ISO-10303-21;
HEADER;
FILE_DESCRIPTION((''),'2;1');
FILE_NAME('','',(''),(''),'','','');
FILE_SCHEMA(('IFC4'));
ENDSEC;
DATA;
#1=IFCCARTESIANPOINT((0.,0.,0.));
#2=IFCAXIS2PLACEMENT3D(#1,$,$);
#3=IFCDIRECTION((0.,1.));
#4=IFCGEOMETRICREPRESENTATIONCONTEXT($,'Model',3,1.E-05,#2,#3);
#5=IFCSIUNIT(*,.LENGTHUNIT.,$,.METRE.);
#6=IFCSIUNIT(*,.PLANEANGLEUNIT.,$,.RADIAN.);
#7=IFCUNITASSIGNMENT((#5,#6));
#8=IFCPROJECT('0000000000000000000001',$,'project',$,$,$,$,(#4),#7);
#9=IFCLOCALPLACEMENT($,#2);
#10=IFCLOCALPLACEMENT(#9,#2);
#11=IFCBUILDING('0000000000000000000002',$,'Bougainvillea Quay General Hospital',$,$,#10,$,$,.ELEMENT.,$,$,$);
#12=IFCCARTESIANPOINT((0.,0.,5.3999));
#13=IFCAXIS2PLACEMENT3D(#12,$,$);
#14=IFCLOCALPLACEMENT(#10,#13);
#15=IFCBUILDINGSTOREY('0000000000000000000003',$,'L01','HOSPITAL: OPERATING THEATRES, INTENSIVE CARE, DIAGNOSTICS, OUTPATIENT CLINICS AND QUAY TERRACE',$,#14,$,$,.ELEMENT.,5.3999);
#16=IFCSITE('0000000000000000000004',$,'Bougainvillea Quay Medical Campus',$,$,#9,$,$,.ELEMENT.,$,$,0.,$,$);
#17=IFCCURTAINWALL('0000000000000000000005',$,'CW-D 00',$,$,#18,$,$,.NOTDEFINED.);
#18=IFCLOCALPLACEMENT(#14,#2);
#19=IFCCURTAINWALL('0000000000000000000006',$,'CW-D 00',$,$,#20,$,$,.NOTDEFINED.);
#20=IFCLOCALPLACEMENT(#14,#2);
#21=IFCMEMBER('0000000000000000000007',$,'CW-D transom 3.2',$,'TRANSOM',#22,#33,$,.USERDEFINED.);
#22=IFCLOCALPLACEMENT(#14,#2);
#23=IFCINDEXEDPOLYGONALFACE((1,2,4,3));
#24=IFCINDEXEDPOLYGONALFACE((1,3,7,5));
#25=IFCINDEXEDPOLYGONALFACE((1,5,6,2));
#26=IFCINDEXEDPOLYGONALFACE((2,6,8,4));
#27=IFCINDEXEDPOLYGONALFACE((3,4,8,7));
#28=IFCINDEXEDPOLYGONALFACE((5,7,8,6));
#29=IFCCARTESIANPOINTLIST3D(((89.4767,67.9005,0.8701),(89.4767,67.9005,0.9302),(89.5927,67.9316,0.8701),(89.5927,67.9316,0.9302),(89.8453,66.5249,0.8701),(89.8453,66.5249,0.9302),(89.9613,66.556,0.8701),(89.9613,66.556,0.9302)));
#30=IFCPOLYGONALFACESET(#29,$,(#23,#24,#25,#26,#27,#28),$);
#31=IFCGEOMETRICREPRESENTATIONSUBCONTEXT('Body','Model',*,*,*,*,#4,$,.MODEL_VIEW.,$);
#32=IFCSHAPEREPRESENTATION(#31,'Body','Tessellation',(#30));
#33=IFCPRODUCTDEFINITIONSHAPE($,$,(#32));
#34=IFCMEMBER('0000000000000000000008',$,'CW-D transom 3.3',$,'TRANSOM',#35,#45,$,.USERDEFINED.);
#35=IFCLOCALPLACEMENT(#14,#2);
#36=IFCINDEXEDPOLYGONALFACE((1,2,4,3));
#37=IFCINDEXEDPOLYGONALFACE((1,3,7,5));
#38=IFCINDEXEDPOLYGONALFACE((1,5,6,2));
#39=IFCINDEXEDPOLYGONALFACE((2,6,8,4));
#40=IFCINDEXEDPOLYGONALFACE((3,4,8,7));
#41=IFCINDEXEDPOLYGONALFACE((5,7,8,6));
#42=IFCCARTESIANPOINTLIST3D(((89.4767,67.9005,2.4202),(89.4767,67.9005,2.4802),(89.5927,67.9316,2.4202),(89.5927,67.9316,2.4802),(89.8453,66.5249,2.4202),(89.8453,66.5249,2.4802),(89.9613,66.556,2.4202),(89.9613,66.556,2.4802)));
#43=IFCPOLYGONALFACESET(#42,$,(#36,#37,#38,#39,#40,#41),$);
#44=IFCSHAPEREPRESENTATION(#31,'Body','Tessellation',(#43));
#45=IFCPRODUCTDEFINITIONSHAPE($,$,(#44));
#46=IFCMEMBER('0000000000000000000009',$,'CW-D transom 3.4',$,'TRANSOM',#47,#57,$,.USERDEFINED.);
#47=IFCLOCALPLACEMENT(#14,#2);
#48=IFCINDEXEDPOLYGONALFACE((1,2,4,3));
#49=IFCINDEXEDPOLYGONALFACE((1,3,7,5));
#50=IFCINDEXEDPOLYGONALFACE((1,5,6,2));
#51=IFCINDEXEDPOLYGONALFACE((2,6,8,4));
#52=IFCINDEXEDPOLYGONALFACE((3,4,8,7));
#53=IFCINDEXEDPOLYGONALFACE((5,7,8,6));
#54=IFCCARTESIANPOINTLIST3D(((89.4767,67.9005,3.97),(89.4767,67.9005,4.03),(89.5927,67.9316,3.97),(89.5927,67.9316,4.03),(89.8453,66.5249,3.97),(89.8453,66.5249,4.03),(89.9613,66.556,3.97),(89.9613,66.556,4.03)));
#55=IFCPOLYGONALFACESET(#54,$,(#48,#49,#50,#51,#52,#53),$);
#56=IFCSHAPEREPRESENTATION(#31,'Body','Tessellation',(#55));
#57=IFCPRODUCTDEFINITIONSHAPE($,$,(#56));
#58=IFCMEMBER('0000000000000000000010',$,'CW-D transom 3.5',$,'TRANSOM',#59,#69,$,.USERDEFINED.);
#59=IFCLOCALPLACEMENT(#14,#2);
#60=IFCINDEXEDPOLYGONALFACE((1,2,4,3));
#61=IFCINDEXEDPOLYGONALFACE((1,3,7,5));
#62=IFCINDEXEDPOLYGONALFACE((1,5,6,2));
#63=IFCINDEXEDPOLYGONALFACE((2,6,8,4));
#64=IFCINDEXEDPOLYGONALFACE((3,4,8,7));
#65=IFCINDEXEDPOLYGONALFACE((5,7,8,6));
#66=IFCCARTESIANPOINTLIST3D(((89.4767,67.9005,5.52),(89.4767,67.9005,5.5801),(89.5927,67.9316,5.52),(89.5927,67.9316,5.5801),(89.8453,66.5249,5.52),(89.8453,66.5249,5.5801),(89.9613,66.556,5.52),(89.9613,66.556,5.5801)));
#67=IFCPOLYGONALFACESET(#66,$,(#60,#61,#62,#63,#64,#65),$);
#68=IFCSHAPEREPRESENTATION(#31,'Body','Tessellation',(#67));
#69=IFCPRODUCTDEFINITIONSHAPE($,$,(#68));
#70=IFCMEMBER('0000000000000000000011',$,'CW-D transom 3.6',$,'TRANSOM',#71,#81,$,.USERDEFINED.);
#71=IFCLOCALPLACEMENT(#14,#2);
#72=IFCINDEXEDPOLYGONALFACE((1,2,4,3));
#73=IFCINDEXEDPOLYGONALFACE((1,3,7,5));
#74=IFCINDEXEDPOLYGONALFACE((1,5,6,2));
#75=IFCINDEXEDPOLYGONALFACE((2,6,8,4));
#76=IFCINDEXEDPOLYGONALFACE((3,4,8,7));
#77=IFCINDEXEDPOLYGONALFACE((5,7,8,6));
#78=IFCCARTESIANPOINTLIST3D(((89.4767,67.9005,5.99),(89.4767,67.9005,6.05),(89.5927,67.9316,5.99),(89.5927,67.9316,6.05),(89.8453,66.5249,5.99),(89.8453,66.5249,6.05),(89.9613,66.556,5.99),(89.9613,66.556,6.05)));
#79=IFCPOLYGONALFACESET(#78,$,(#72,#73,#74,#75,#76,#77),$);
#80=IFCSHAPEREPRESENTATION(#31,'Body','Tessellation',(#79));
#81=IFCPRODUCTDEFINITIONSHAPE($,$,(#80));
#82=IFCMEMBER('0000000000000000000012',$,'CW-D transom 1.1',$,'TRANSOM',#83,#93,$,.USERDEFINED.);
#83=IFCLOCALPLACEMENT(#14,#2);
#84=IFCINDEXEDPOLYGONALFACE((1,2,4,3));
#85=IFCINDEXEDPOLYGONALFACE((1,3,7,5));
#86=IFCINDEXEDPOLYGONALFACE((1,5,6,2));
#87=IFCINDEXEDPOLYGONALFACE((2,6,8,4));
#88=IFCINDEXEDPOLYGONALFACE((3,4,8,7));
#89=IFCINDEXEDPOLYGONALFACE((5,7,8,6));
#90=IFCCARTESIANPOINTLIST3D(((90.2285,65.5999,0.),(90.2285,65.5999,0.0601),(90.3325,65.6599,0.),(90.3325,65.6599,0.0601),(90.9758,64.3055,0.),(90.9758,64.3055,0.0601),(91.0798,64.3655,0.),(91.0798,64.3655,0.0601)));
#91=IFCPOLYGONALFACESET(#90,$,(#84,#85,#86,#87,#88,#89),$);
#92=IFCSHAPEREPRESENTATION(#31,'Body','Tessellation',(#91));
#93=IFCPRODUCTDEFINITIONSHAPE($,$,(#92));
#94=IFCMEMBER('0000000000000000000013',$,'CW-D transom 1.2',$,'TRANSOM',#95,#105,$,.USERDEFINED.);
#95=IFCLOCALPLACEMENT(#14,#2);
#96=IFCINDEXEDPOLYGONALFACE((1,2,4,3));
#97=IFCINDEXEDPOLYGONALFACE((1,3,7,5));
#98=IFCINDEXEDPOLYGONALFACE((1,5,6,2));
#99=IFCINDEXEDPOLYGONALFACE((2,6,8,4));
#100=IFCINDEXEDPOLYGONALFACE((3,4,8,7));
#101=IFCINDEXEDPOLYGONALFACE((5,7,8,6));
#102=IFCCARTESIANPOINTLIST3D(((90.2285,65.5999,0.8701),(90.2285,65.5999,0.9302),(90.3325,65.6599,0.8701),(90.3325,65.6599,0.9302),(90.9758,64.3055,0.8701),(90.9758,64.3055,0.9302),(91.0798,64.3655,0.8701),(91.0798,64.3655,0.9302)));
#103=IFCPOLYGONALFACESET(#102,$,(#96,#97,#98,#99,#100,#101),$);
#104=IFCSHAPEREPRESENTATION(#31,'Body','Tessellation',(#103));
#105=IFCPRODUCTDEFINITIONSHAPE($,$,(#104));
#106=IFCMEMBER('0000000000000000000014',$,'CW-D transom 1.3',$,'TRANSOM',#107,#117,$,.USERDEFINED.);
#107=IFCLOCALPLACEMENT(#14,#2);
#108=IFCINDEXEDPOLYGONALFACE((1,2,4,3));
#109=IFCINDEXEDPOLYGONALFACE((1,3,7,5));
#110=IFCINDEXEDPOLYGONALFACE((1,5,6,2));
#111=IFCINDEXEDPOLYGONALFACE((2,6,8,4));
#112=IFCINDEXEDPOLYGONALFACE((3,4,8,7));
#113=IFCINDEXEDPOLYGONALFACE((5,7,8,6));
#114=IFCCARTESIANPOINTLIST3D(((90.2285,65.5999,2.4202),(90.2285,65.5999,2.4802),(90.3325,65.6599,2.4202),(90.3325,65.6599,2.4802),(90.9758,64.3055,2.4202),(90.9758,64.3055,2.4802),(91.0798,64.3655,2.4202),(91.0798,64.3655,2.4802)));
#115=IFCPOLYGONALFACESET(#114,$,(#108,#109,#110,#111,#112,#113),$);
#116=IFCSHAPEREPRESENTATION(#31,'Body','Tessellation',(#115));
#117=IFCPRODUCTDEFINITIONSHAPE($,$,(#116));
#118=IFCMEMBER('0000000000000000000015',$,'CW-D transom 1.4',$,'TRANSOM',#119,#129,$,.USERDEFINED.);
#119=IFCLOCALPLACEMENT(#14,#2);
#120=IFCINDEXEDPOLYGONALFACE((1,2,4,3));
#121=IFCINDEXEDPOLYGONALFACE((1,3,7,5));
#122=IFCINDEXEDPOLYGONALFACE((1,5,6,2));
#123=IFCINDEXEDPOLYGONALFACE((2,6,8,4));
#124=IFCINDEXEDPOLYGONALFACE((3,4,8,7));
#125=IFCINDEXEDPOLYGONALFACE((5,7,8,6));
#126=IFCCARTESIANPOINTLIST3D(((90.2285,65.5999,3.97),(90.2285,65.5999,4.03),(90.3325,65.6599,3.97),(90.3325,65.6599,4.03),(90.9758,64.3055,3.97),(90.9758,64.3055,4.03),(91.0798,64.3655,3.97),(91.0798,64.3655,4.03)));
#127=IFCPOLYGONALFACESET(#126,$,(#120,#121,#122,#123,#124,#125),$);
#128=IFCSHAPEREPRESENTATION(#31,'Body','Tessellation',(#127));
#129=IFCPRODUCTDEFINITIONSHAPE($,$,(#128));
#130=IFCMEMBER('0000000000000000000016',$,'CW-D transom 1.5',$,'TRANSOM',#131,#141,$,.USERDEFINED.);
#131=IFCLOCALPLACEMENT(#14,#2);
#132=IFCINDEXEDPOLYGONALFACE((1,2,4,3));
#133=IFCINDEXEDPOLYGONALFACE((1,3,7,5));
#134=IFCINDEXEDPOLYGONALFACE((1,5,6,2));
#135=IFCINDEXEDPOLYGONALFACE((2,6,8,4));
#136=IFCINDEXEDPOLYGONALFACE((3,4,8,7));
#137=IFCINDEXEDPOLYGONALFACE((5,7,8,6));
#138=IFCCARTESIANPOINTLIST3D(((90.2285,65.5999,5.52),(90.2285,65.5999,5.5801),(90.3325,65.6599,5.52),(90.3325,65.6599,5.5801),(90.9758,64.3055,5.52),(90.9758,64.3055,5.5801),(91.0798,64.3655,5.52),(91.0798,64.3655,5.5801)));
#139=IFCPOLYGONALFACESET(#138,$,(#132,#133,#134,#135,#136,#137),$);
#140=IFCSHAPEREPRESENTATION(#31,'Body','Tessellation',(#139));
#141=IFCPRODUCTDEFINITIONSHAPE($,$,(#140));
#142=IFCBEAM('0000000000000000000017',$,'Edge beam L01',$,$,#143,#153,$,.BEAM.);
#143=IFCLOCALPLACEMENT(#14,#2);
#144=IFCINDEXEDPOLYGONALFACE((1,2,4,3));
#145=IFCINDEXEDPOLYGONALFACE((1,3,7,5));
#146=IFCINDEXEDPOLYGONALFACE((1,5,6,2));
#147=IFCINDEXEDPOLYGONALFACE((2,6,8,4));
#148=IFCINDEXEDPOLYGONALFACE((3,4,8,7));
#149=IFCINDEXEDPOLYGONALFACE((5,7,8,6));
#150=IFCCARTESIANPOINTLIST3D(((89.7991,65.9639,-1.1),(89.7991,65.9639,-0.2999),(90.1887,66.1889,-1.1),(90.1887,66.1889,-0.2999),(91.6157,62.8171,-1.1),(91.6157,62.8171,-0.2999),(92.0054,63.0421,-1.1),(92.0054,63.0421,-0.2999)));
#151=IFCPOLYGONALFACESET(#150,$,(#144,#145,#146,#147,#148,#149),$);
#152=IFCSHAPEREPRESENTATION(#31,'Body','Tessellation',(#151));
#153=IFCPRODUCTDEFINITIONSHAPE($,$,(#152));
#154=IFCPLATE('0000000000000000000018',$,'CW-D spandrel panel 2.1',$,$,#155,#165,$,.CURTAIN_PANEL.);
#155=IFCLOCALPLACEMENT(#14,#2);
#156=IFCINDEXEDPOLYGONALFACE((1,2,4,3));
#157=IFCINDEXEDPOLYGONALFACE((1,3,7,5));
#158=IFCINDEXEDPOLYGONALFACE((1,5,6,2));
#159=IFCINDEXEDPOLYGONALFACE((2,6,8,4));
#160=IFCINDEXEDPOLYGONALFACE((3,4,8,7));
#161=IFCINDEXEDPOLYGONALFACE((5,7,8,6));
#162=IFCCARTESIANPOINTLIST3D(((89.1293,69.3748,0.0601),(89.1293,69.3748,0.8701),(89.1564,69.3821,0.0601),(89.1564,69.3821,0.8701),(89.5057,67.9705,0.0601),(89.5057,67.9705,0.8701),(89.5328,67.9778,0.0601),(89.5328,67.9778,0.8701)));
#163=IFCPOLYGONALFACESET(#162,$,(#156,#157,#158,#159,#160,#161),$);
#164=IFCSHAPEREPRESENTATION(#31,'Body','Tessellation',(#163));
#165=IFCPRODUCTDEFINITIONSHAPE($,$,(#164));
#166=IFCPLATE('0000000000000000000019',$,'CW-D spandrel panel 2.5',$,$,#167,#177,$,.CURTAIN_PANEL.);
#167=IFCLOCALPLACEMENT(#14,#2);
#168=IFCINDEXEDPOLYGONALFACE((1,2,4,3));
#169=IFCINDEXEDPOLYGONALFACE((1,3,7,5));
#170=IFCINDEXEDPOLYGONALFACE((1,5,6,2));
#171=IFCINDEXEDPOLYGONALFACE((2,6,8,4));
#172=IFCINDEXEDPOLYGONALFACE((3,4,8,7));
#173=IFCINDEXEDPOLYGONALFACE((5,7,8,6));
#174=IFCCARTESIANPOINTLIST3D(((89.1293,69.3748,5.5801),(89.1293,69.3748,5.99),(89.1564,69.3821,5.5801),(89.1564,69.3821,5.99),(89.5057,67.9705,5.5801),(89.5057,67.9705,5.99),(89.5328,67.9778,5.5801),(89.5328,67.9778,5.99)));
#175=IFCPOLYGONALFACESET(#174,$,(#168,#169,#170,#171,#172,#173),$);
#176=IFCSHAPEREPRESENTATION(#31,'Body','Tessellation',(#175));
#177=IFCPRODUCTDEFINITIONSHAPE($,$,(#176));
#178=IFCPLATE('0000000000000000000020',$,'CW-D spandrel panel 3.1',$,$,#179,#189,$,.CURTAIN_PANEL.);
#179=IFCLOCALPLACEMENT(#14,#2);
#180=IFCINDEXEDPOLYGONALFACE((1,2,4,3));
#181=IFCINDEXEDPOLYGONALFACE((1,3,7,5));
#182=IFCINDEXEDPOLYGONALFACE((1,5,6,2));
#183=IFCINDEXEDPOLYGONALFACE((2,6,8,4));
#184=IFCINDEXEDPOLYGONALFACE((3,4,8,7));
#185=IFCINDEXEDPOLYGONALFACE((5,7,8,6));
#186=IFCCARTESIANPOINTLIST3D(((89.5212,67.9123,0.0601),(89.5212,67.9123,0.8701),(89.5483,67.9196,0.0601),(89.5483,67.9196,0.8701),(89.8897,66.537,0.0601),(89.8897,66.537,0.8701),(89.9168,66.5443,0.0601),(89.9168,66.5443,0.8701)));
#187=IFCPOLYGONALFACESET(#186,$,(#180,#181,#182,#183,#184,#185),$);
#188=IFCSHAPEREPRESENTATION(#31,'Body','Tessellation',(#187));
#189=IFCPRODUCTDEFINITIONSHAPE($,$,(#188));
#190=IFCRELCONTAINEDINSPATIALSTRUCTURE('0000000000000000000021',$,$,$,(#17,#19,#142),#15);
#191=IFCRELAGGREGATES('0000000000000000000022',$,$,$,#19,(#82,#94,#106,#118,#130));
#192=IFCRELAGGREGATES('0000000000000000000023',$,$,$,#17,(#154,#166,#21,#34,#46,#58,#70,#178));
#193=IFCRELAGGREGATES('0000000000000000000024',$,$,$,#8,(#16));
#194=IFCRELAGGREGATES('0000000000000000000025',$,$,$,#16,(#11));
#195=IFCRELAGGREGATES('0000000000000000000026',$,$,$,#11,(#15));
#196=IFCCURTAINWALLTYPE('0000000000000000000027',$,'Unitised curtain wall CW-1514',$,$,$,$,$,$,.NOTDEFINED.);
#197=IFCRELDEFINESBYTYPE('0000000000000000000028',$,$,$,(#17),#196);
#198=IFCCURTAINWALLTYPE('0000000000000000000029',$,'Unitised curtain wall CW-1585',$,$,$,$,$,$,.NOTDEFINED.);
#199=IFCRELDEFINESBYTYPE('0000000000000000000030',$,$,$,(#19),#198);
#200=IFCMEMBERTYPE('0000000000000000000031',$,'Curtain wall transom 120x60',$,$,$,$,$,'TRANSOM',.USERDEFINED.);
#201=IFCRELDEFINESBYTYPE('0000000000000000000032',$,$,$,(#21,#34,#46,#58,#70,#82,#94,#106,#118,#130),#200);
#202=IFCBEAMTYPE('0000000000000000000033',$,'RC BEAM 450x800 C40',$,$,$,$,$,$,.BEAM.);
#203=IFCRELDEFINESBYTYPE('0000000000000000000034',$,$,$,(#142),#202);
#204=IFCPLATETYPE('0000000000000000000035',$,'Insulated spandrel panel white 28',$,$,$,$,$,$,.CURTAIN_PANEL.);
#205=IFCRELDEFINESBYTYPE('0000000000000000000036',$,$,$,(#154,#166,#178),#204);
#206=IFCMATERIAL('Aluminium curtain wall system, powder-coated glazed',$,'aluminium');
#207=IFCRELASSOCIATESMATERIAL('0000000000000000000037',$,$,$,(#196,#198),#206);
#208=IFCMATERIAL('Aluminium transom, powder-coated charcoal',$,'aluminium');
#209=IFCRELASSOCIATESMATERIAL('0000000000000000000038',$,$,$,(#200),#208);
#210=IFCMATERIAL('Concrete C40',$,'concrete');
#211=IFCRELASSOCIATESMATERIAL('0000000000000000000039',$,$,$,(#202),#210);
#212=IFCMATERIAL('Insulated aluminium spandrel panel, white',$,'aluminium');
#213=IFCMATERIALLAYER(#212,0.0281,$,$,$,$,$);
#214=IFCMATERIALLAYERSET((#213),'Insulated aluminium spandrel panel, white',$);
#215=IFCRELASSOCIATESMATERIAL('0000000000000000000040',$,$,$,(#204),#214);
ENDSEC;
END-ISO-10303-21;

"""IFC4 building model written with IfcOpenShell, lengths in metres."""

from ifc_helpers import new_model, si_unit, direction, frame, origin, origin_2d, place, context, subcontext, project, spatial, rectangle, extrude, material, layer, layer_set, material_profile, profile_set, type_object, element, aggregate, save


model = new_model("IFC4")

# Units and contexts
model_context = context("Model", 3, precision=1e-05, world=origin(), true_north=direction((0.0, 1.0)))
body_context = subcontext(model_context, "Body", "Model", "MODEL_VIEW")
ifc_project = project(units=[si_unit("LENGTHUNIT", "METRE"), si_unit("PLANEANGLEUNIT", "RADIAN")], contexts=[model_context])

# Site, building, storey
site_placement = place(None, origin())
site = spatial("IfcSite", under=ifc_project, at=site_placement, Name="Bougainvillea Quay Medical Campus", CompositionType="ELEMENT", RefElevation=0.0)
building_placement = place(site_placement, origin())
building = spatial("IfcBuilding", under=site, at=building_placement, Name="Bougainvillea Quay General Hospital", CompositionType="ELEMENT")
storey_placement = place(building_placement, frame((0.0, 0.0, 5.3999)))
storey = spatial("IfcBuildingStorey", under=building, at=storey_placement, Name="L01", Description="HOSPITAL: OPERATING THEATRES, INTENSIVE CARE, DIAGNOSTICS, OUTPATIENT CLINICS AND QUAY TERRACE", CompositionType="ELEMENT", Elevation=5.3999)

# Curtain wall
ifc_material_1 = material(Name="Aluminium curtain wall system, powder-coated glazed", Category="aluminium")
curtain_wall_type_1 = type_object("IfcCurtainWallType", Name="Unitised curtain wall CW-1514", PredefinedType="NOTDEFINED", material=ifc_material_1)
curtain_wall_1_placement = place(storey_placement, origin())
curtain_wall_1 = element("IfcCurtainWall", 1, at=curtain_wall_1_placement, inside=storey, type_object=curtain_wall_type_1, Name="CW-D 00", PredefinedType="NOTDEFINED")

# Curtain wall
curtain_wall_type_2 = type_object("IfcCurtainWallType", Name="Unitised curtain wall CW-1585", PredefinedType="NOTDEFINED", material=ifc_material_1)
curtain_wall_2_placement = place(storey_placement, origin())
curtain_wall_2 = element("IfcCurtainWall", 2, at=curtain_wall_2_placement, inside=storey, type_object=curtain_wall_type_2, Name="CW-D 00", PredefinedType="NOTDEFINED")

# Members
ifc_material_2 = material(Name="Aluminium transom, powder-coated charcoal", Category="aluminium")
ifc_material_profile_1 = material_profile(ifc_material_2, rectangle(XDim=0.1201, YDim=0.0601, at=origin_2d()))
ifc_profile_set_1 = profile_set([ifc_material_profile_1], Name="Aluminium transom, powder-coated charcoal")
member_type_1 = type_object("IfcMemberType", Name="Curtain wall transom 120x60", ElementType="TRANSOM", PredefinedType="USERDEFINED", material=ifc_profile_set_1)
member_1_placement = place(storey_placement, frame((89.5347, 67.916, 0.9001), z_axis=(0.258879, -0.96591, 0.0), x_axis=(0.96591, 0.258879, 0.0)))
member_1 = element("IfcMember", 3, at=member_1_placement, type_object=member_type_1, Name="CW-D transom 3.2", ObjectType="TRANSOM", PredefinedType="USERDEFINED", context=body_context, shape_type="SweptSolid", body=[
    extrude(rectangle(XDim=0.1201, YDim=0.0601, at=origin_2d()), origin(), (0.0, 0.0, 1.0), 1.4241),
])
member_2_placement = place(storey_placement, frame((89.5347, 67.916, 2.4502), z_axis=(0.258879, -0.96591, 0.0), x_axis=(0.96591, 0.258879, 0.0)))
member_2 = element("IfcMember", 4, at=member_2_placement, type_object=member_type_1, Name="CW-D transom 3.3", ObjectType="TRANSOM", PredefinedType="USERDEFINED", context=body_context, shape_type="SweptSolid", body=[
    extrude(rectangle(XDim=0.1201, YDim=0.0601, at=origin_2d()), origin(), (0.0, 0.0, 1.0), 1.4241),
])
member_3_placement = place(storey_placement, frame((89.5347, 67.916, 4.0), z_axis=(0.258879, -0.96591, 0.0), x_axis=(0.96591, 0.258879, 0.0)))
member_3 = element("IfcMember", 5, at=member_3_placement, type_object=member_type_1, Name="CW-D transom 3.4", ObjectType="TRANSOM", PredefinedType="USERDEFINED", context=body_context, shape_type="SweptSolid", body=[
    extrude(rectangle(XDim=0.1201, YDim=0.0601, at=origin_2d()), origin(), (0.0, 0.0, 1.0), 1.4241),
])
member_4_placement = place(storey_placement, frame((89.5347, 67.916, 5.55), z_axis=(0.258879, -0.96591, 0.0), x_axis=(0.96591, 0.258879, 0.0)))
member_4 = element("IfcMember", 6, at=member_4_placement, type_object=member_type_1, Name="CW-D transom 3.5", ObjectType="TRANSOM", PredefinedType="USERDEFINED", context=body_context, shape_type="SweptSolid", body=[
    extrude(rectangle(XDim=0.1201, YDim=0.0601, at=origin_2d()), origin(), (0.0, 0.0, 1.0), 1.4241),
])
member_5_placement = place(storey_placement, frame((89.5347, 67.916, 6.02), z_axis=(0.258879, -0.96591, 0.0), x_axis=(0.96591, 0.258879, 0.0)))
member_5 = element("IfcMember", 7, at=member_5_placement, type_object=member_type_1, Name="CW-D transom 3.6", ObjectType="TRANSOM", PredefinedType="USERDEFINED", context=body_context, shape_type="SweptSolid", body=[
    extrude(rectangle(XDim=0.1201, YDim=0.0601, at=origin_2d()), origin(), (0.0, 0.0, 1.0), 1.4241),
])
member_6_placement = place(storey_placement, frame((90.2805, 65.6299, 0.03), z_axis=(0.499986, -0.866033, 0.0), x_axis=(0.866033, 0.499986, 0.0)))
member_6 = element("IfcMember", 8, at=member_6_placement, type_object=member_type_1, Name="CW-D transom 1.1", ObjectType="TRANSOM", PredefinedType="USERDEFINED", context=body_context, shape_type="SweptSolid", body=[
    extrude(rectangle(XDim=0.1201, YDim=0.0601, at=origin_2d()), origin(), (0.0, 0.0, 1.0), 1.4946),
])
member_7_placement = place(storey_placement, frame((90.2805, 65.6299, 0.9001), z_axis=(0.499986, -0.866033, 0.0), x_axis=(0.866033, 0.499986, 0.0)))
member_7 = element("IfcMember", 9, at=member_7_placement, type_object=member_type_1, Name="CW-D transom 1.2", ObjectType="TRANSOM", PredefinedType="USERDEFINED", context=body_context, shape_type="SweptSolid", body=[
    extrude(rectangle(XDim=0.1201, YDim=0.0601, at=origin_2d()), origin(), (0.0, 0.0, 1.0), 1.4946),
])
member_8_placement = place(storey_placement, frame((90.2805, 65.6299, 2.4502), z_axis=(0.499986, -0.866033, 0.0), x_axis=(0.866033, 0.499986, 0.0)))
member_8 = element("IfcMember", 10, at=member_8_placement, type_object=member_type_1, Name="CW-D transom 1.3", ObjectType="TRANSOM", PredefinedType="USERDEFINED", context=body_context, shape_type="SweptSolid", body=[
    extrude(rectangle(XDim=0.1201, YDim=0.0601, at=origin_2d()), origin(), (0.0, 0.0, 1.0), 1.4946),
])
member_9_placement = place(storey_placement, frame((90.2805, 65.6299, 4.0), z_axis=(0.499986, -0.866033, 0.0), x_axis=(0.866033, 0.499986, 0.0)))
member_9 = element("IfcMember", 11, at=member_9_placement, type_object=member_type_1, Name="CW-D transom 1.4", ObjectType="TRANSOM", PredefinedType="USERDEFINED", context=body_context, shape_type="SweptSolid", body=[
    extrude(rectangle(XDim=0.1201, YDim=0.0601, at=origin_2d()), origin(), (0.0, 0.0, 1.0), 1.4946),
])
member_10_placement = place(storey_placement, frame((90.2805, 65.6299, 5.55), z_axis=(0.499986, -0.866033, 0.0), x_axis=(0.866033, 0.499986, 0.0)))
member_10 = element("IfcMember", 12, at=member_10_placement, type_object=member_type_1, Name="CW-D transom 1.5", ObjectType="TRANSOM", PredefinedType="USERDEFINED", context=body_context, shape_type="SweptSolid", body=[
    extrude(rectangle(XDim=0.1201, YDim=0.0601, at=origin_2d()), origin(), (0.0, 0.0, 1.0), 1.4946),
])
aggregate(curtain_wall_2, [member_6, member_7, member_8, member_9, member_10])

# Beam
ifc_material_3 = material(Name="Concrete C40", Category="concrete")
ifc_material_profile_2 = material_profile(ifc_material_3, rectangle(XDim=0.45, YDim=0.8, at=origin_2d()))
ifc_profile_set_2 = profile_set([ifc_material_profile_2], Name="Concrete C40")
beam_type = type_object("IfcBeamType", Name="RC BEAM 450x800 C40", PredefinedType="BEAM", material=ifc_profile_set_2)
beam_placement = place(storey_placement, frame((89.9939, 66.0764, -0.7), z_axis=(0.499976, -0.866039, 0.0), x_axis=(0.866039, 0.499976, 0.0)))
element("IfcBeam", 13, at=beam_placement, inside=storey, type_object=beam_type, Name="Edge beam L01", PredefinedType="BEAM", context=body_context, shape_type="SweptSolid", body=[
    extrude(rectangle(XDim=0.45, YDim=0.8, at=origin_2d()), origin(), (0.0, 0.0, 1.0), 3.6335),
])

# Plates
ifc_material_4 = material(Name="Insulated aluminium spandrel panel, white", Category="aluminium")
ifc_layer_1 = layer(ifc_material_4, 0.0281)
ifc_layer_set_1 = layer_set([ifc_layer_1], Name="Insulated aluminium spandrel panel, white")
plate_type_1 = type_object("IfcPlateType", Name="Insulated spandrel panel white 28", PredefinedType="CURTAIN_PANEL", material=ifc_layer_set_1)
plate_1_placement = place(storey_placement, frame((89.3311, 68.6763, 0.0601), z_axis=(0.0, 0.0, 1.0), x_axis=(0.258855, -0.965916, 0.0)))
plate_1 = element("IfcPlate", 14, at=plate_1_placement, type_object=plate_type_1, Name="CW-D spandrel panel 2.1", PredefinedType="CURTAIN_PANEL", context=body_context, shape_type="SweptSolid", body=[
    extrude(rectangle(XDim=1.4539, YDim=0.0281, at=origin_2d()), origin(), (0.0, 0.0, 1.0), 0.8101),
])
plate_2_placement = place(storey_placement, frame((89.3311, 68.6763, 5.5801), z_axis=(0.0, 0.0, 1.0), x_axis=(0.258855, -0.965916, 0.0)))
plate_2 = element("IfcPlate", 15, at=plate_2_placement, type_object=plate_type_1, Name="CW-D spandrel panel 2.5", PredefinedType="CURTAIN_PANEL", context=body_context, shape_type="SweptSolid", body=[
    extrude(rectangle(XDim=1.4539, YDim=0.0281, at=origin_2d()), origin(), (0.0, 0.0, 1.0), 0.4099),
])
plate_3_placement = place(storey_placement, frame((89.719, 67.2283, 0.0601), z_axis=(0.0, 0.0, 1.0), x_axis=(0.258855, -0.965916, 0.0)))
plate_3 = element("IfcPlate", 16, at=plate_3_placement, type_object=plate_type_1, Name="CW-D spandrel panel 3.1", PredefinedType="CURTAIN_PANEL", context=body_context, shape_type="SweptSolid", body=[
    extrude(rectangle(XDim=1.4238, YDim=0.0281, at=origin_2d()), origin(), (0.0, 0.0, 1.0), 0.8101),
])
aggregate(curtain_wall_1, [plate_1, plate_2, member_1, member_2, member_3, member_4, member_5, plate_3])

save(model, "model.ifc")
